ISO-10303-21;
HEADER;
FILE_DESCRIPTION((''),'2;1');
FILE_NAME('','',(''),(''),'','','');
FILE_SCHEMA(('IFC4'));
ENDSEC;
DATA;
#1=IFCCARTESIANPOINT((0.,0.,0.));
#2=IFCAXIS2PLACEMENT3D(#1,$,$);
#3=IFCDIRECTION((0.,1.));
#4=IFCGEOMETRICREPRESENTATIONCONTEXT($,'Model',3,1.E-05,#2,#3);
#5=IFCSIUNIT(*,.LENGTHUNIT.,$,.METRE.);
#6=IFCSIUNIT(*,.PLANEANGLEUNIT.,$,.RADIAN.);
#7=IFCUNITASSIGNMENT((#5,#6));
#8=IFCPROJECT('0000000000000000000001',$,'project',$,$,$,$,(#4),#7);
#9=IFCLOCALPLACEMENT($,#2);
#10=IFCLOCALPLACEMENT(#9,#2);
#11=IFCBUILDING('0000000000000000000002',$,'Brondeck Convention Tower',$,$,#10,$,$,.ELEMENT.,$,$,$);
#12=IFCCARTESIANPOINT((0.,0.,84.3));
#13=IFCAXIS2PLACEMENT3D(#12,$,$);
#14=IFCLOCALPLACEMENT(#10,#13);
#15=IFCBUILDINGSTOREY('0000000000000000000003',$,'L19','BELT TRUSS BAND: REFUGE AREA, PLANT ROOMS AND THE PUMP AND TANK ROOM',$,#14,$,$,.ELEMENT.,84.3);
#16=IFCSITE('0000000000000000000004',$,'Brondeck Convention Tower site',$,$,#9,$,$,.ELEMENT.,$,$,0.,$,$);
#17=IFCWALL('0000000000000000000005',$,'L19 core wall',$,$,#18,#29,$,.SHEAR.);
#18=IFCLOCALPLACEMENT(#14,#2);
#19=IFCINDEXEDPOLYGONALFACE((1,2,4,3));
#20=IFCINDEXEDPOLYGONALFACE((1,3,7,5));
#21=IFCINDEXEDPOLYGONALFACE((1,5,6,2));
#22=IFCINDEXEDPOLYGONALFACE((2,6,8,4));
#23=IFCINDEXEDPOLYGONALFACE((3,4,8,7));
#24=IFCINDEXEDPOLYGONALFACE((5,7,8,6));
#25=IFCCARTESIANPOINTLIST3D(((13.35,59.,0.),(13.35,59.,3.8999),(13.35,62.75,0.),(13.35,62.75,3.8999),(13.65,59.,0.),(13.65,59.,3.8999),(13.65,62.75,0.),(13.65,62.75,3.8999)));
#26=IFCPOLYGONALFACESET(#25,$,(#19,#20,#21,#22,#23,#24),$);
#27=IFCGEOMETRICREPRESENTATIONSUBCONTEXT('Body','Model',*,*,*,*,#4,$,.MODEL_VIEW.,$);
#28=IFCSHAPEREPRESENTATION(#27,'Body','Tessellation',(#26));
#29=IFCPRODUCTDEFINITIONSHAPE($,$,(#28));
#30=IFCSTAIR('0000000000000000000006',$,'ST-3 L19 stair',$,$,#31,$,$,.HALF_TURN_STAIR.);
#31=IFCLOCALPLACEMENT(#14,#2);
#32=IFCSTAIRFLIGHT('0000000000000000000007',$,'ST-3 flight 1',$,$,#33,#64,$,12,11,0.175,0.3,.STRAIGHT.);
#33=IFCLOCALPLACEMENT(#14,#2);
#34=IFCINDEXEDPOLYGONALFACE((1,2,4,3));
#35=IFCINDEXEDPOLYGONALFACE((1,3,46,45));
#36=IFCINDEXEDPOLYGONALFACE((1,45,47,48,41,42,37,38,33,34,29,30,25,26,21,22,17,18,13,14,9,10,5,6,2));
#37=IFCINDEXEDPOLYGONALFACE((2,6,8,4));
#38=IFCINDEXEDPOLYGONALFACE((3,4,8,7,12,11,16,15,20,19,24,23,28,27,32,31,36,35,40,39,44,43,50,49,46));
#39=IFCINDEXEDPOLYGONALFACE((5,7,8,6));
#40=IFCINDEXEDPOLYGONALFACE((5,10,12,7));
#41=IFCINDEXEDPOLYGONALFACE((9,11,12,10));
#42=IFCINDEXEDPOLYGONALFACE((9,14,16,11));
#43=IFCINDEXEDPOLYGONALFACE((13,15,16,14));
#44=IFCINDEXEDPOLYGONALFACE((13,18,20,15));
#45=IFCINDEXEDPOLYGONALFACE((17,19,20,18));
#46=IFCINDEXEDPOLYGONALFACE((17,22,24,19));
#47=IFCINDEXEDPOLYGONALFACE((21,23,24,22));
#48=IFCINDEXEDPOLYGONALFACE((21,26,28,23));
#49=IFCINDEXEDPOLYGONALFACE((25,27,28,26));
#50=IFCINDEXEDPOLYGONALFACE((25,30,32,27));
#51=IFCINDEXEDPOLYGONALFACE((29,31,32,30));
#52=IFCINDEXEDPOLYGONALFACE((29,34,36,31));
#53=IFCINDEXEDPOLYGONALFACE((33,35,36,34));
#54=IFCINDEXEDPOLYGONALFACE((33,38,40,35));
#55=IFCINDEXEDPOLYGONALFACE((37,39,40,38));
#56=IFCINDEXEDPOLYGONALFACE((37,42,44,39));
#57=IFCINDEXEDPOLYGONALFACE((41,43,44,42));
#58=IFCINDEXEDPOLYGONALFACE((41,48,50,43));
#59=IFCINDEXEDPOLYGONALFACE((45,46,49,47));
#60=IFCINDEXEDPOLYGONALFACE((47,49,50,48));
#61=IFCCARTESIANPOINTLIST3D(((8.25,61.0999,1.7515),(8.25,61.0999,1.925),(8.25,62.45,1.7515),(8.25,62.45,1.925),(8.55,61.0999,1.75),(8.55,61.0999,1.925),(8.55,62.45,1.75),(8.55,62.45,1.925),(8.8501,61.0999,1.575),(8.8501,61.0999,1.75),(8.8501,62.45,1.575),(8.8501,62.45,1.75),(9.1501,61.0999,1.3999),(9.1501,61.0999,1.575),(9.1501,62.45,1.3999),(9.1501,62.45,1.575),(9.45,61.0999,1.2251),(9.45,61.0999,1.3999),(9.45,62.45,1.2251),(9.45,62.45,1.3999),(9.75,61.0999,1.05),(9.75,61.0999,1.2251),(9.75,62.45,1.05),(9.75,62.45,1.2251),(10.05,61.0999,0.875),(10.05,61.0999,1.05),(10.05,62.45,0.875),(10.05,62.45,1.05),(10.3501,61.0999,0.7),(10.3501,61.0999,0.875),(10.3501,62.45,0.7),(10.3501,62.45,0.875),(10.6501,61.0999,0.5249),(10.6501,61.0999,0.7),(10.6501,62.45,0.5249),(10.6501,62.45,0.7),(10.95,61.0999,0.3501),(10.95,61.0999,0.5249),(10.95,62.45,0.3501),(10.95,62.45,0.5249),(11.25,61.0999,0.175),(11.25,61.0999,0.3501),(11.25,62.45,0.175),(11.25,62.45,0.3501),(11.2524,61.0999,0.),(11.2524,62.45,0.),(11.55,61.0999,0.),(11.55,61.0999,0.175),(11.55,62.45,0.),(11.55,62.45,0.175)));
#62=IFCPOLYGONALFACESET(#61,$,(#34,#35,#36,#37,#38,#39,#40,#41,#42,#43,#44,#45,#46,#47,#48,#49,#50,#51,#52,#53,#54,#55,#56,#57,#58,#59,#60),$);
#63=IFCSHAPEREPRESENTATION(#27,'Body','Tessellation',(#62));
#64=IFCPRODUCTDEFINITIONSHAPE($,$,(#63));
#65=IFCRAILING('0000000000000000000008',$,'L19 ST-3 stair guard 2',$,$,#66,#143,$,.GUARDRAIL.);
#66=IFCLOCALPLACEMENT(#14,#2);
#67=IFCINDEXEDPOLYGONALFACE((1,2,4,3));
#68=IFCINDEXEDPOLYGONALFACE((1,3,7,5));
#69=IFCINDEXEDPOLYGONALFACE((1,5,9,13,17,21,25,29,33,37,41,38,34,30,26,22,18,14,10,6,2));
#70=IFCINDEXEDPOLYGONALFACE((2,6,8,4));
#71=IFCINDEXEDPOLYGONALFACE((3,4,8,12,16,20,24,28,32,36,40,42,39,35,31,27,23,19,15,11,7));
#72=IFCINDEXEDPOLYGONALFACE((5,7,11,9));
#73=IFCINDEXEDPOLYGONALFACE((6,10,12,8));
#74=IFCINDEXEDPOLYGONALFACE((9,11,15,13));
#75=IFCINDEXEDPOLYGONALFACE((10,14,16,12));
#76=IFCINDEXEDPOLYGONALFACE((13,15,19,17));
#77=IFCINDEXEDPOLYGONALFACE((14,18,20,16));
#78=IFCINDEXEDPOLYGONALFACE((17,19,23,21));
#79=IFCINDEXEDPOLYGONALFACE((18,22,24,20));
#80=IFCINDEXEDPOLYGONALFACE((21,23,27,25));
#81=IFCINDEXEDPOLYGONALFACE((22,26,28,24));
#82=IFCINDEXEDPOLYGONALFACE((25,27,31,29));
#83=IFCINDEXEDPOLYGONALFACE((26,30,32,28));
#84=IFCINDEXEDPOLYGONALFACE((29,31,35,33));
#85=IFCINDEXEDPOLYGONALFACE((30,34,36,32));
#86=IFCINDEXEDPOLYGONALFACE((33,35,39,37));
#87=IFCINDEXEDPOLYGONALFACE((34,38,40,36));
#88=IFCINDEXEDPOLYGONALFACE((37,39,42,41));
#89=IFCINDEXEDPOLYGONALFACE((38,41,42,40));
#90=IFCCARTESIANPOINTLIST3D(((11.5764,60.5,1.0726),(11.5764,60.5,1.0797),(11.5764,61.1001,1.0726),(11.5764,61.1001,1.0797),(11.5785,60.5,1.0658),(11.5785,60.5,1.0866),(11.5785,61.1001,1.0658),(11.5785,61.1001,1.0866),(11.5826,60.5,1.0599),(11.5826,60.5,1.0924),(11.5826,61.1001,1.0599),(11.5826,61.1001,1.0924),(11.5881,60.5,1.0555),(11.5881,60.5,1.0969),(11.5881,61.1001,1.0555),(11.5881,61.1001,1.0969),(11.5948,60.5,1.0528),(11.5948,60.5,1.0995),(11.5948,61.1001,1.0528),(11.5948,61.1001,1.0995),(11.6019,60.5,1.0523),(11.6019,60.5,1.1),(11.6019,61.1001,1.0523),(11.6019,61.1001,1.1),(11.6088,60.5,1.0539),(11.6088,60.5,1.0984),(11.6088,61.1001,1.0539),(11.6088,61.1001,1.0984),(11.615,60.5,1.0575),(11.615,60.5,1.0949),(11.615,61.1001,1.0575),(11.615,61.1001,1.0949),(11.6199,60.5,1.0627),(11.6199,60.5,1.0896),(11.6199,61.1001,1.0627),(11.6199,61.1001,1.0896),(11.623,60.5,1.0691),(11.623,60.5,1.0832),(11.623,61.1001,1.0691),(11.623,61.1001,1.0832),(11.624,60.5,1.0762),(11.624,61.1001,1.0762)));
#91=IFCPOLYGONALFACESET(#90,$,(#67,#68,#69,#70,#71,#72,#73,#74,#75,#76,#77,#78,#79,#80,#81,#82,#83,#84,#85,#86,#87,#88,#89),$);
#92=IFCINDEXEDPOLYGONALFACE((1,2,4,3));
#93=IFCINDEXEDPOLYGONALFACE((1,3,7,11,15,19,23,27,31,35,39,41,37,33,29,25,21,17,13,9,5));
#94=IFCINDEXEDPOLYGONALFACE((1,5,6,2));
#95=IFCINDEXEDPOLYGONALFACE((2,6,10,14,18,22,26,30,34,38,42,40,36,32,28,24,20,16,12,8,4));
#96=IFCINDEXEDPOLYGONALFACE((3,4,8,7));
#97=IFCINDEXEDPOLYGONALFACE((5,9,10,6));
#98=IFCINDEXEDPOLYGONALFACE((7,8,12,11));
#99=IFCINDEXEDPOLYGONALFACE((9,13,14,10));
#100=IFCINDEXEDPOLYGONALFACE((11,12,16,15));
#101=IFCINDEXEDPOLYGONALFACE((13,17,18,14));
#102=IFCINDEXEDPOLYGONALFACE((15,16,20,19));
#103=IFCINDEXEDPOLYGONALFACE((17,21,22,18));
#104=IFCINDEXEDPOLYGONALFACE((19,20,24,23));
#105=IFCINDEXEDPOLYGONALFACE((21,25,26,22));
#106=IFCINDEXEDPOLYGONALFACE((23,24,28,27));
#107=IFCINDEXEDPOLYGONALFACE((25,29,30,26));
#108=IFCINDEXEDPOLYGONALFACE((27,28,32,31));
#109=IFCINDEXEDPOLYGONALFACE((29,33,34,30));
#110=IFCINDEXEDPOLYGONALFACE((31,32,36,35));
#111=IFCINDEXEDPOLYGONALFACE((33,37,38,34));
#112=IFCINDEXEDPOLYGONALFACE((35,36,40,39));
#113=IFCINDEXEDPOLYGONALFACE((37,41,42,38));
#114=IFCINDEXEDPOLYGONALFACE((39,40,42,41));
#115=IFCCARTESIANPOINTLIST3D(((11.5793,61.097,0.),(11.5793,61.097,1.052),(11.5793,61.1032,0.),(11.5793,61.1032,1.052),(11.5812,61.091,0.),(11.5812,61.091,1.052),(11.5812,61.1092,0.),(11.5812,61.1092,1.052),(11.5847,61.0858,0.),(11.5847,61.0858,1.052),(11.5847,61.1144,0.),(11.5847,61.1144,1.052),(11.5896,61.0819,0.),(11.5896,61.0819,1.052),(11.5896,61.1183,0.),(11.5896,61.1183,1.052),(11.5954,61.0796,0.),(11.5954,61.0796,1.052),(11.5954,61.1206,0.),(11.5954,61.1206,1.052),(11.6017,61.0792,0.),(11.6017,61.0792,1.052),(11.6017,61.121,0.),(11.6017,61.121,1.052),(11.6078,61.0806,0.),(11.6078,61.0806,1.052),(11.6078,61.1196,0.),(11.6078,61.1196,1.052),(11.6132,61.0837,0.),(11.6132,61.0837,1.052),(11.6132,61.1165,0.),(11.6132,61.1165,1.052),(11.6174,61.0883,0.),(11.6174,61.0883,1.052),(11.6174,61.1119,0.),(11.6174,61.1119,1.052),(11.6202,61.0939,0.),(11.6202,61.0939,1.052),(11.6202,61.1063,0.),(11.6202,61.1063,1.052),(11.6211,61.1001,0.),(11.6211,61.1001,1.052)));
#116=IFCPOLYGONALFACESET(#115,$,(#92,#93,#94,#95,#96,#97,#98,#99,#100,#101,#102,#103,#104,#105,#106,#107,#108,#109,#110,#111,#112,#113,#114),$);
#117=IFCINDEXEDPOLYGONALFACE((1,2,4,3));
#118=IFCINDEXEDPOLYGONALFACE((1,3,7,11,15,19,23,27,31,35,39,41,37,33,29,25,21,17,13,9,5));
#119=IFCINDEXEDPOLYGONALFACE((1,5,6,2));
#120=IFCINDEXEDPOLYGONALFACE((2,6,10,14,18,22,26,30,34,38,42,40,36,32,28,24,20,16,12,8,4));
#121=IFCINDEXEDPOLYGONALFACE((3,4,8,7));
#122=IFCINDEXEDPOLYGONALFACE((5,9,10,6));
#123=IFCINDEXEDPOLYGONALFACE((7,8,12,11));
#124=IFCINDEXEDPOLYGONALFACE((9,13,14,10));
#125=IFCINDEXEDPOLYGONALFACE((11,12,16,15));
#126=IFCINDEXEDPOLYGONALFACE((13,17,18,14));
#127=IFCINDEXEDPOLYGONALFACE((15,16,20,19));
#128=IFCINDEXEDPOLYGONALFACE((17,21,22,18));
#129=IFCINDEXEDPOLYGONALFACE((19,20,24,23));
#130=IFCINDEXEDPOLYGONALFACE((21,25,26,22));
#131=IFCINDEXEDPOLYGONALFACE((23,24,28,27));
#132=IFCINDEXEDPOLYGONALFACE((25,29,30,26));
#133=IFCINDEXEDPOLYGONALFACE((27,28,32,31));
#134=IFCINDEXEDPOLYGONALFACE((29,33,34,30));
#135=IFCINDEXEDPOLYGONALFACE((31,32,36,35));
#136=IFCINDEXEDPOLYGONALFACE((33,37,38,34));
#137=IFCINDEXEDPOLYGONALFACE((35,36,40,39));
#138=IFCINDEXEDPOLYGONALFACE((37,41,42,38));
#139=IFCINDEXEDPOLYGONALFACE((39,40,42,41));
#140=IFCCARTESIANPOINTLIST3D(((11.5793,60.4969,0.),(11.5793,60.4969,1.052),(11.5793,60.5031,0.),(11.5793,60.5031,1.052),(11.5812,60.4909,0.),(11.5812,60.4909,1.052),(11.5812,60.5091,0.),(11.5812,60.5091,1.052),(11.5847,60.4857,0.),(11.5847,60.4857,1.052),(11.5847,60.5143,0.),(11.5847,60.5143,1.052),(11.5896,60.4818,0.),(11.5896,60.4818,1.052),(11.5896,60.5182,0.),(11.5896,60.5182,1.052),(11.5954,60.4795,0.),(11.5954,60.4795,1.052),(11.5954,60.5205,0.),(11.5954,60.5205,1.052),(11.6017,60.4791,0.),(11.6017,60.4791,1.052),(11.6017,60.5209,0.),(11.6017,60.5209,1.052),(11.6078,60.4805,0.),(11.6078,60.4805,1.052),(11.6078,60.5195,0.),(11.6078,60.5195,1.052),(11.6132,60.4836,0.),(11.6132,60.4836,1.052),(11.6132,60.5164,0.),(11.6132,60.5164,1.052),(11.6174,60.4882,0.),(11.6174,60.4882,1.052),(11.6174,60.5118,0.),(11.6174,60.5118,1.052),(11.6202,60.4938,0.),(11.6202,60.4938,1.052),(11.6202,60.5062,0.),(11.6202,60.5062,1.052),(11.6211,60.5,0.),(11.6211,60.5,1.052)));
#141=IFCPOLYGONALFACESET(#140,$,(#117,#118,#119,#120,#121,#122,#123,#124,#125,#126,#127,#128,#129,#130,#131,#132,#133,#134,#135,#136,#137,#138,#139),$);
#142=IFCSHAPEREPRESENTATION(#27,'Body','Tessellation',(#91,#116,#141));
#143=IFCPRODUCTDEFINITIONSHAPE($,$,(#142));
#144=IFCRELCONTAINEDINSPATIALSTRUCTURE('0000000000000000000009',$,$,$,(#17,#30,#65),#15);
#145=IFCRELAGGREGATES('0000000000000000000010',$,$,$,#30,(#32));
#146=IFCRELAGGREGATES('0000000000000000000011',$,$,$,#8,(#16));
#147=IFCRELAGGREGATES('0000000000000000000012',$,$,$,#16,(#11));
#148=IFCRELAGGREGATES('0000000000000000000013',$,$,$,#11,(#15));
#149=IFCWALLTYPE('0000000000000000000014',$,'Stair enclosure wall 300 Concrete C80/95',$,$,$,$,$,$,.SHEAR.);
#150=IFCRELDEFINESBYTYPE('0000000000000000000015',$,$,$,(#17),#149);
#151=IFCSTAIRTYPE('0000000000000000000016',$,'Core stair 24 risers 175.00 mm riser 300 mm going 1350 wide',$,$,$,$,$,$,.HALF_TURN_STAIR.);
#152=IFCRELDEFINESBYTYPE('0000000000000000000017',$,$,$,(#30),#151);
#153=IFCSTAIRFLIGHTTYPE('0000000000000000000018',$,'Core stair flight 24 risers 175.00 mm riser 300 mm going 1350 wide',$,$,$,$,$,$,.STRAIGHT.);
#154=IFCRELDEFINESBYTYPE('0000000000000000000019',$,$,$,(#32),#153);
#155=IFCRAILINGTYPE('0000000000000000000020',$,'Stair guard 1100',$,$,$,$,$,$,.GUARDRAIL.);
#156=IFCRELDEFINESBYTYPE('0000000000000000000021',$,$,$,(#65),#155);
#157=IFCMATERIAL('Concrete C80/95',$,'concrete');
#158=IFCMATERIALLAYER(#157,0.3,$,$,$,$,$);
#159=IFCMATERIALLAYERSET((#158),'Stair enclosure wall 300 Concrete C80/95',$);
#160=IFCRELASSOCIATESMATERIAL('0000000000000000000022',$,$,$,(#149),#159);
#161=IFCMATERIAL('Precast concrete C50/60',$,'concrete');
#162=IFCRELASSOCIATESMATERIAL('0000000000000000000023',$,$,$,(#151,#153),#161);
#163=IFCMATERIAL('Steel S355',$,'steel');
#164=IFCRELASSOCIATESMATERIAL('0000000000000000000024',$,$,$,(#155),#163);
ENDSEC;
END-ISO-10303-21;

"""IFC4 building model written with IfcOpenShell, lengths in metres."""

from ifc_helpers import new_model, si_unit, direction, frame, frame_2d, origin, origin_2d, place, context, subcontext, project, spatial, polyline, rectangle, circle, outline, extrude, material, layer, layer_set, type_object, element, aggregate, save


model = new_model("IFC4")

# Units and contexts
model_context = context("Model", 3, precision=1e-05, world=origin(), true_north=direction((0.0, 1.0)))
body_context = subcontext(model_context, "Body", "Model", "MODEL_VIEW")
ifc_project = project(units=[si_unit("LENGTHUNIT", "METRE"), si_unit("PLANEANGLEUNIT", "RADIAN")], contexts=[model_context])

# Site, building, storey
site_placement = place(None, origin())
site = spatial("IfcSite", under=ifc_project, at=site_placement, Name="Brondeck Convention Tower site", CompositionType="ELEMENT", RefElevation=0.0)
building_placement = place(site_placement, origin())
building = spatial("IfcBuilding", under=site, at=building_placement, Name="Brondeck Convention Tower", CompositionType="ELEMENT")
storey_placement = place(building_placement, frame((0.0, 0.0, 84.3)))
storey = spatial("IfcBuildingStorey", under=building, at=storey_placement, Name="L19", Description="BELT TRUSS BAND: REFUGE AREA, PLANT ROOMS AND THE PUMP AND TANK ROOM", CompositionType="ELEMENT", Elevation=84.3)

# Shared definitions
ifc_material_1 = material(Name="Concrete C80/95", Category="concrete")

# Wall
ifc_layer_1 = layer(ifc_material_1, 0.3)
ifc_layer_set_1 = layer_set([ifc_layer_1], Name="Stair enclosure wall 300 Concrete C80/95")
wall_type_1 = type_object("IfcWallType", Name="Stair enclosure wall 300 Concrete C80/95", PredefinedType="SHEAR", material=ifc_layer_set_1)
wall_1_placement = place(storey_placement, frame((13.5, 59.0, 0.0), z_axis=(0.0, 0.0, 1.0), x_axis=(0.0, 1.0, 0.0)))
element("IfcWall", 1, at=wall_1_placement, inside=storey, type_object=wall_type_1, Name="L19 core wall", PredefinedType="SHEAR", context=body_context, shape_type="SweptSolid", body=[
    extrude(rectangle(XDim=3.75, YDim=0.3, at=frame_2d((1.875, 0.0))), origin(), (0.0, 0.0, 1.0), 3.8999),
])

# Stair, stair flight
ifc_material_2 = material(Name="Precast concrete C50/60", Category="concrete")
stair_type = type_object("IfcStairType", Name="Core stair 24 risers 175.00 mm riser 300 mm going 1350 wide", PredefinedType="HALF_TURN_STAIR", material=ifc_material_2)
stair_placement = place(storey_placement, origin())
stair = element("IfcStair", 2, at=stair_placement, inside=storey, type_object=stair_type, Name="ST-3 L19 stair", PredefinedType="HALF_TURN_STAIR")
stair_flight_type = type_object("IfcStairFlightType", Name="Core stair flight 24 risers 175.00 mm riser 300 mm going 1350 wide", PredefinedType="STRAIGHT", material=ifc_material_2)
stair_flight_placement = place(storey_placement, frame((11.55, 61.7749, 0.0), z_axis=(0.0, 0.0, 1.0), x_axis=(-1.0, 0.0, 0.0)))
stair_flight = element("IfcStairFlight", 3, at=stair_flight_placement, type_object=stair_flight_type, Name="ST-3 flight 1", NumberOfRisers=12, NumberOfTreads=11, PredefinedType="STRAIGHT", RiserHeight=0.175, TreadLength=0.3, context=body_context, shape_type="SweptSolid", body=[
    extrude(outline(polyline([(0.0, 0.0), (0.0, 0.175), (0.3, 0.175), (0.3, 0.3501), (0.6001, 0.3501), (0.6001, 0.5249), (0.8999, 0.5249), (0.8999, 0.7), (1.2, 0.7), (1.2, 0.875), (1.5, 0.875), (1.5, 1.05), (1.8, 1.05), (1.8, 1.2251), (2.1001, 1.2251), (2.1001, 1.3999), (2.3999, 1.3999), (2.3999, 1.575), (2.7, 1.575), (2.7, 1.75), (3.0, 1.75), (3.0, 1.925), (3.3, 1.925), (3.3, 2.1001), (3.3, 1.7515), (0.2976, 0.0), (0.0, 0.0)])), frame((0.0, 0.675, 0.0), z_axis=(0.0, -1.0, 0.0), x_axis=(1.0, 0.0, 0.0)), (0.0, 0.0, 1.0), 1.3501),
])
aggregate(stair, [stair_flight])

# Railing
ifc_material_3 = material(Name="Steel S355", Category="steel")
railing_type_1 = type_object("IfcRailingType", Name="Stair guard 1100", PredefinedType="GUARDRAIL", material=ifc_material_3)
railing_1_placement = place(storey_placement, frame((11.6001, 61.1001, 0.0)))
element("IfcRailing", 4, at=railing_1_placement, inside=storey, type_object=railing_type_1, Name="L19 ST-3 stair guard 2", PredefinedType="GUARDRAIL", context=body_context, shape_type="SweptSolid", body=[
    extrude(circle(Radius=0.0239, at=origin_2d()), frame((0.0, 0.0, 1.0762), z_axis=(0.0, -1.0, 0.0), x_axis=(1.0, 0.0, 0.0)), (0.0, 0.0, 1.0), 0.6001),
    extrude(circle(Radius=0.021, at=origin_2d()), origin(), (0.0, 0.0, 1.0), 1.052),
    extrude(circle(Radius=0.021, at=origin_2d()), frame((0.0, -0.6001, 0.0)), (0.0, 0.0, 1.0), 1.052),
])

save(model, "model.ifc")
